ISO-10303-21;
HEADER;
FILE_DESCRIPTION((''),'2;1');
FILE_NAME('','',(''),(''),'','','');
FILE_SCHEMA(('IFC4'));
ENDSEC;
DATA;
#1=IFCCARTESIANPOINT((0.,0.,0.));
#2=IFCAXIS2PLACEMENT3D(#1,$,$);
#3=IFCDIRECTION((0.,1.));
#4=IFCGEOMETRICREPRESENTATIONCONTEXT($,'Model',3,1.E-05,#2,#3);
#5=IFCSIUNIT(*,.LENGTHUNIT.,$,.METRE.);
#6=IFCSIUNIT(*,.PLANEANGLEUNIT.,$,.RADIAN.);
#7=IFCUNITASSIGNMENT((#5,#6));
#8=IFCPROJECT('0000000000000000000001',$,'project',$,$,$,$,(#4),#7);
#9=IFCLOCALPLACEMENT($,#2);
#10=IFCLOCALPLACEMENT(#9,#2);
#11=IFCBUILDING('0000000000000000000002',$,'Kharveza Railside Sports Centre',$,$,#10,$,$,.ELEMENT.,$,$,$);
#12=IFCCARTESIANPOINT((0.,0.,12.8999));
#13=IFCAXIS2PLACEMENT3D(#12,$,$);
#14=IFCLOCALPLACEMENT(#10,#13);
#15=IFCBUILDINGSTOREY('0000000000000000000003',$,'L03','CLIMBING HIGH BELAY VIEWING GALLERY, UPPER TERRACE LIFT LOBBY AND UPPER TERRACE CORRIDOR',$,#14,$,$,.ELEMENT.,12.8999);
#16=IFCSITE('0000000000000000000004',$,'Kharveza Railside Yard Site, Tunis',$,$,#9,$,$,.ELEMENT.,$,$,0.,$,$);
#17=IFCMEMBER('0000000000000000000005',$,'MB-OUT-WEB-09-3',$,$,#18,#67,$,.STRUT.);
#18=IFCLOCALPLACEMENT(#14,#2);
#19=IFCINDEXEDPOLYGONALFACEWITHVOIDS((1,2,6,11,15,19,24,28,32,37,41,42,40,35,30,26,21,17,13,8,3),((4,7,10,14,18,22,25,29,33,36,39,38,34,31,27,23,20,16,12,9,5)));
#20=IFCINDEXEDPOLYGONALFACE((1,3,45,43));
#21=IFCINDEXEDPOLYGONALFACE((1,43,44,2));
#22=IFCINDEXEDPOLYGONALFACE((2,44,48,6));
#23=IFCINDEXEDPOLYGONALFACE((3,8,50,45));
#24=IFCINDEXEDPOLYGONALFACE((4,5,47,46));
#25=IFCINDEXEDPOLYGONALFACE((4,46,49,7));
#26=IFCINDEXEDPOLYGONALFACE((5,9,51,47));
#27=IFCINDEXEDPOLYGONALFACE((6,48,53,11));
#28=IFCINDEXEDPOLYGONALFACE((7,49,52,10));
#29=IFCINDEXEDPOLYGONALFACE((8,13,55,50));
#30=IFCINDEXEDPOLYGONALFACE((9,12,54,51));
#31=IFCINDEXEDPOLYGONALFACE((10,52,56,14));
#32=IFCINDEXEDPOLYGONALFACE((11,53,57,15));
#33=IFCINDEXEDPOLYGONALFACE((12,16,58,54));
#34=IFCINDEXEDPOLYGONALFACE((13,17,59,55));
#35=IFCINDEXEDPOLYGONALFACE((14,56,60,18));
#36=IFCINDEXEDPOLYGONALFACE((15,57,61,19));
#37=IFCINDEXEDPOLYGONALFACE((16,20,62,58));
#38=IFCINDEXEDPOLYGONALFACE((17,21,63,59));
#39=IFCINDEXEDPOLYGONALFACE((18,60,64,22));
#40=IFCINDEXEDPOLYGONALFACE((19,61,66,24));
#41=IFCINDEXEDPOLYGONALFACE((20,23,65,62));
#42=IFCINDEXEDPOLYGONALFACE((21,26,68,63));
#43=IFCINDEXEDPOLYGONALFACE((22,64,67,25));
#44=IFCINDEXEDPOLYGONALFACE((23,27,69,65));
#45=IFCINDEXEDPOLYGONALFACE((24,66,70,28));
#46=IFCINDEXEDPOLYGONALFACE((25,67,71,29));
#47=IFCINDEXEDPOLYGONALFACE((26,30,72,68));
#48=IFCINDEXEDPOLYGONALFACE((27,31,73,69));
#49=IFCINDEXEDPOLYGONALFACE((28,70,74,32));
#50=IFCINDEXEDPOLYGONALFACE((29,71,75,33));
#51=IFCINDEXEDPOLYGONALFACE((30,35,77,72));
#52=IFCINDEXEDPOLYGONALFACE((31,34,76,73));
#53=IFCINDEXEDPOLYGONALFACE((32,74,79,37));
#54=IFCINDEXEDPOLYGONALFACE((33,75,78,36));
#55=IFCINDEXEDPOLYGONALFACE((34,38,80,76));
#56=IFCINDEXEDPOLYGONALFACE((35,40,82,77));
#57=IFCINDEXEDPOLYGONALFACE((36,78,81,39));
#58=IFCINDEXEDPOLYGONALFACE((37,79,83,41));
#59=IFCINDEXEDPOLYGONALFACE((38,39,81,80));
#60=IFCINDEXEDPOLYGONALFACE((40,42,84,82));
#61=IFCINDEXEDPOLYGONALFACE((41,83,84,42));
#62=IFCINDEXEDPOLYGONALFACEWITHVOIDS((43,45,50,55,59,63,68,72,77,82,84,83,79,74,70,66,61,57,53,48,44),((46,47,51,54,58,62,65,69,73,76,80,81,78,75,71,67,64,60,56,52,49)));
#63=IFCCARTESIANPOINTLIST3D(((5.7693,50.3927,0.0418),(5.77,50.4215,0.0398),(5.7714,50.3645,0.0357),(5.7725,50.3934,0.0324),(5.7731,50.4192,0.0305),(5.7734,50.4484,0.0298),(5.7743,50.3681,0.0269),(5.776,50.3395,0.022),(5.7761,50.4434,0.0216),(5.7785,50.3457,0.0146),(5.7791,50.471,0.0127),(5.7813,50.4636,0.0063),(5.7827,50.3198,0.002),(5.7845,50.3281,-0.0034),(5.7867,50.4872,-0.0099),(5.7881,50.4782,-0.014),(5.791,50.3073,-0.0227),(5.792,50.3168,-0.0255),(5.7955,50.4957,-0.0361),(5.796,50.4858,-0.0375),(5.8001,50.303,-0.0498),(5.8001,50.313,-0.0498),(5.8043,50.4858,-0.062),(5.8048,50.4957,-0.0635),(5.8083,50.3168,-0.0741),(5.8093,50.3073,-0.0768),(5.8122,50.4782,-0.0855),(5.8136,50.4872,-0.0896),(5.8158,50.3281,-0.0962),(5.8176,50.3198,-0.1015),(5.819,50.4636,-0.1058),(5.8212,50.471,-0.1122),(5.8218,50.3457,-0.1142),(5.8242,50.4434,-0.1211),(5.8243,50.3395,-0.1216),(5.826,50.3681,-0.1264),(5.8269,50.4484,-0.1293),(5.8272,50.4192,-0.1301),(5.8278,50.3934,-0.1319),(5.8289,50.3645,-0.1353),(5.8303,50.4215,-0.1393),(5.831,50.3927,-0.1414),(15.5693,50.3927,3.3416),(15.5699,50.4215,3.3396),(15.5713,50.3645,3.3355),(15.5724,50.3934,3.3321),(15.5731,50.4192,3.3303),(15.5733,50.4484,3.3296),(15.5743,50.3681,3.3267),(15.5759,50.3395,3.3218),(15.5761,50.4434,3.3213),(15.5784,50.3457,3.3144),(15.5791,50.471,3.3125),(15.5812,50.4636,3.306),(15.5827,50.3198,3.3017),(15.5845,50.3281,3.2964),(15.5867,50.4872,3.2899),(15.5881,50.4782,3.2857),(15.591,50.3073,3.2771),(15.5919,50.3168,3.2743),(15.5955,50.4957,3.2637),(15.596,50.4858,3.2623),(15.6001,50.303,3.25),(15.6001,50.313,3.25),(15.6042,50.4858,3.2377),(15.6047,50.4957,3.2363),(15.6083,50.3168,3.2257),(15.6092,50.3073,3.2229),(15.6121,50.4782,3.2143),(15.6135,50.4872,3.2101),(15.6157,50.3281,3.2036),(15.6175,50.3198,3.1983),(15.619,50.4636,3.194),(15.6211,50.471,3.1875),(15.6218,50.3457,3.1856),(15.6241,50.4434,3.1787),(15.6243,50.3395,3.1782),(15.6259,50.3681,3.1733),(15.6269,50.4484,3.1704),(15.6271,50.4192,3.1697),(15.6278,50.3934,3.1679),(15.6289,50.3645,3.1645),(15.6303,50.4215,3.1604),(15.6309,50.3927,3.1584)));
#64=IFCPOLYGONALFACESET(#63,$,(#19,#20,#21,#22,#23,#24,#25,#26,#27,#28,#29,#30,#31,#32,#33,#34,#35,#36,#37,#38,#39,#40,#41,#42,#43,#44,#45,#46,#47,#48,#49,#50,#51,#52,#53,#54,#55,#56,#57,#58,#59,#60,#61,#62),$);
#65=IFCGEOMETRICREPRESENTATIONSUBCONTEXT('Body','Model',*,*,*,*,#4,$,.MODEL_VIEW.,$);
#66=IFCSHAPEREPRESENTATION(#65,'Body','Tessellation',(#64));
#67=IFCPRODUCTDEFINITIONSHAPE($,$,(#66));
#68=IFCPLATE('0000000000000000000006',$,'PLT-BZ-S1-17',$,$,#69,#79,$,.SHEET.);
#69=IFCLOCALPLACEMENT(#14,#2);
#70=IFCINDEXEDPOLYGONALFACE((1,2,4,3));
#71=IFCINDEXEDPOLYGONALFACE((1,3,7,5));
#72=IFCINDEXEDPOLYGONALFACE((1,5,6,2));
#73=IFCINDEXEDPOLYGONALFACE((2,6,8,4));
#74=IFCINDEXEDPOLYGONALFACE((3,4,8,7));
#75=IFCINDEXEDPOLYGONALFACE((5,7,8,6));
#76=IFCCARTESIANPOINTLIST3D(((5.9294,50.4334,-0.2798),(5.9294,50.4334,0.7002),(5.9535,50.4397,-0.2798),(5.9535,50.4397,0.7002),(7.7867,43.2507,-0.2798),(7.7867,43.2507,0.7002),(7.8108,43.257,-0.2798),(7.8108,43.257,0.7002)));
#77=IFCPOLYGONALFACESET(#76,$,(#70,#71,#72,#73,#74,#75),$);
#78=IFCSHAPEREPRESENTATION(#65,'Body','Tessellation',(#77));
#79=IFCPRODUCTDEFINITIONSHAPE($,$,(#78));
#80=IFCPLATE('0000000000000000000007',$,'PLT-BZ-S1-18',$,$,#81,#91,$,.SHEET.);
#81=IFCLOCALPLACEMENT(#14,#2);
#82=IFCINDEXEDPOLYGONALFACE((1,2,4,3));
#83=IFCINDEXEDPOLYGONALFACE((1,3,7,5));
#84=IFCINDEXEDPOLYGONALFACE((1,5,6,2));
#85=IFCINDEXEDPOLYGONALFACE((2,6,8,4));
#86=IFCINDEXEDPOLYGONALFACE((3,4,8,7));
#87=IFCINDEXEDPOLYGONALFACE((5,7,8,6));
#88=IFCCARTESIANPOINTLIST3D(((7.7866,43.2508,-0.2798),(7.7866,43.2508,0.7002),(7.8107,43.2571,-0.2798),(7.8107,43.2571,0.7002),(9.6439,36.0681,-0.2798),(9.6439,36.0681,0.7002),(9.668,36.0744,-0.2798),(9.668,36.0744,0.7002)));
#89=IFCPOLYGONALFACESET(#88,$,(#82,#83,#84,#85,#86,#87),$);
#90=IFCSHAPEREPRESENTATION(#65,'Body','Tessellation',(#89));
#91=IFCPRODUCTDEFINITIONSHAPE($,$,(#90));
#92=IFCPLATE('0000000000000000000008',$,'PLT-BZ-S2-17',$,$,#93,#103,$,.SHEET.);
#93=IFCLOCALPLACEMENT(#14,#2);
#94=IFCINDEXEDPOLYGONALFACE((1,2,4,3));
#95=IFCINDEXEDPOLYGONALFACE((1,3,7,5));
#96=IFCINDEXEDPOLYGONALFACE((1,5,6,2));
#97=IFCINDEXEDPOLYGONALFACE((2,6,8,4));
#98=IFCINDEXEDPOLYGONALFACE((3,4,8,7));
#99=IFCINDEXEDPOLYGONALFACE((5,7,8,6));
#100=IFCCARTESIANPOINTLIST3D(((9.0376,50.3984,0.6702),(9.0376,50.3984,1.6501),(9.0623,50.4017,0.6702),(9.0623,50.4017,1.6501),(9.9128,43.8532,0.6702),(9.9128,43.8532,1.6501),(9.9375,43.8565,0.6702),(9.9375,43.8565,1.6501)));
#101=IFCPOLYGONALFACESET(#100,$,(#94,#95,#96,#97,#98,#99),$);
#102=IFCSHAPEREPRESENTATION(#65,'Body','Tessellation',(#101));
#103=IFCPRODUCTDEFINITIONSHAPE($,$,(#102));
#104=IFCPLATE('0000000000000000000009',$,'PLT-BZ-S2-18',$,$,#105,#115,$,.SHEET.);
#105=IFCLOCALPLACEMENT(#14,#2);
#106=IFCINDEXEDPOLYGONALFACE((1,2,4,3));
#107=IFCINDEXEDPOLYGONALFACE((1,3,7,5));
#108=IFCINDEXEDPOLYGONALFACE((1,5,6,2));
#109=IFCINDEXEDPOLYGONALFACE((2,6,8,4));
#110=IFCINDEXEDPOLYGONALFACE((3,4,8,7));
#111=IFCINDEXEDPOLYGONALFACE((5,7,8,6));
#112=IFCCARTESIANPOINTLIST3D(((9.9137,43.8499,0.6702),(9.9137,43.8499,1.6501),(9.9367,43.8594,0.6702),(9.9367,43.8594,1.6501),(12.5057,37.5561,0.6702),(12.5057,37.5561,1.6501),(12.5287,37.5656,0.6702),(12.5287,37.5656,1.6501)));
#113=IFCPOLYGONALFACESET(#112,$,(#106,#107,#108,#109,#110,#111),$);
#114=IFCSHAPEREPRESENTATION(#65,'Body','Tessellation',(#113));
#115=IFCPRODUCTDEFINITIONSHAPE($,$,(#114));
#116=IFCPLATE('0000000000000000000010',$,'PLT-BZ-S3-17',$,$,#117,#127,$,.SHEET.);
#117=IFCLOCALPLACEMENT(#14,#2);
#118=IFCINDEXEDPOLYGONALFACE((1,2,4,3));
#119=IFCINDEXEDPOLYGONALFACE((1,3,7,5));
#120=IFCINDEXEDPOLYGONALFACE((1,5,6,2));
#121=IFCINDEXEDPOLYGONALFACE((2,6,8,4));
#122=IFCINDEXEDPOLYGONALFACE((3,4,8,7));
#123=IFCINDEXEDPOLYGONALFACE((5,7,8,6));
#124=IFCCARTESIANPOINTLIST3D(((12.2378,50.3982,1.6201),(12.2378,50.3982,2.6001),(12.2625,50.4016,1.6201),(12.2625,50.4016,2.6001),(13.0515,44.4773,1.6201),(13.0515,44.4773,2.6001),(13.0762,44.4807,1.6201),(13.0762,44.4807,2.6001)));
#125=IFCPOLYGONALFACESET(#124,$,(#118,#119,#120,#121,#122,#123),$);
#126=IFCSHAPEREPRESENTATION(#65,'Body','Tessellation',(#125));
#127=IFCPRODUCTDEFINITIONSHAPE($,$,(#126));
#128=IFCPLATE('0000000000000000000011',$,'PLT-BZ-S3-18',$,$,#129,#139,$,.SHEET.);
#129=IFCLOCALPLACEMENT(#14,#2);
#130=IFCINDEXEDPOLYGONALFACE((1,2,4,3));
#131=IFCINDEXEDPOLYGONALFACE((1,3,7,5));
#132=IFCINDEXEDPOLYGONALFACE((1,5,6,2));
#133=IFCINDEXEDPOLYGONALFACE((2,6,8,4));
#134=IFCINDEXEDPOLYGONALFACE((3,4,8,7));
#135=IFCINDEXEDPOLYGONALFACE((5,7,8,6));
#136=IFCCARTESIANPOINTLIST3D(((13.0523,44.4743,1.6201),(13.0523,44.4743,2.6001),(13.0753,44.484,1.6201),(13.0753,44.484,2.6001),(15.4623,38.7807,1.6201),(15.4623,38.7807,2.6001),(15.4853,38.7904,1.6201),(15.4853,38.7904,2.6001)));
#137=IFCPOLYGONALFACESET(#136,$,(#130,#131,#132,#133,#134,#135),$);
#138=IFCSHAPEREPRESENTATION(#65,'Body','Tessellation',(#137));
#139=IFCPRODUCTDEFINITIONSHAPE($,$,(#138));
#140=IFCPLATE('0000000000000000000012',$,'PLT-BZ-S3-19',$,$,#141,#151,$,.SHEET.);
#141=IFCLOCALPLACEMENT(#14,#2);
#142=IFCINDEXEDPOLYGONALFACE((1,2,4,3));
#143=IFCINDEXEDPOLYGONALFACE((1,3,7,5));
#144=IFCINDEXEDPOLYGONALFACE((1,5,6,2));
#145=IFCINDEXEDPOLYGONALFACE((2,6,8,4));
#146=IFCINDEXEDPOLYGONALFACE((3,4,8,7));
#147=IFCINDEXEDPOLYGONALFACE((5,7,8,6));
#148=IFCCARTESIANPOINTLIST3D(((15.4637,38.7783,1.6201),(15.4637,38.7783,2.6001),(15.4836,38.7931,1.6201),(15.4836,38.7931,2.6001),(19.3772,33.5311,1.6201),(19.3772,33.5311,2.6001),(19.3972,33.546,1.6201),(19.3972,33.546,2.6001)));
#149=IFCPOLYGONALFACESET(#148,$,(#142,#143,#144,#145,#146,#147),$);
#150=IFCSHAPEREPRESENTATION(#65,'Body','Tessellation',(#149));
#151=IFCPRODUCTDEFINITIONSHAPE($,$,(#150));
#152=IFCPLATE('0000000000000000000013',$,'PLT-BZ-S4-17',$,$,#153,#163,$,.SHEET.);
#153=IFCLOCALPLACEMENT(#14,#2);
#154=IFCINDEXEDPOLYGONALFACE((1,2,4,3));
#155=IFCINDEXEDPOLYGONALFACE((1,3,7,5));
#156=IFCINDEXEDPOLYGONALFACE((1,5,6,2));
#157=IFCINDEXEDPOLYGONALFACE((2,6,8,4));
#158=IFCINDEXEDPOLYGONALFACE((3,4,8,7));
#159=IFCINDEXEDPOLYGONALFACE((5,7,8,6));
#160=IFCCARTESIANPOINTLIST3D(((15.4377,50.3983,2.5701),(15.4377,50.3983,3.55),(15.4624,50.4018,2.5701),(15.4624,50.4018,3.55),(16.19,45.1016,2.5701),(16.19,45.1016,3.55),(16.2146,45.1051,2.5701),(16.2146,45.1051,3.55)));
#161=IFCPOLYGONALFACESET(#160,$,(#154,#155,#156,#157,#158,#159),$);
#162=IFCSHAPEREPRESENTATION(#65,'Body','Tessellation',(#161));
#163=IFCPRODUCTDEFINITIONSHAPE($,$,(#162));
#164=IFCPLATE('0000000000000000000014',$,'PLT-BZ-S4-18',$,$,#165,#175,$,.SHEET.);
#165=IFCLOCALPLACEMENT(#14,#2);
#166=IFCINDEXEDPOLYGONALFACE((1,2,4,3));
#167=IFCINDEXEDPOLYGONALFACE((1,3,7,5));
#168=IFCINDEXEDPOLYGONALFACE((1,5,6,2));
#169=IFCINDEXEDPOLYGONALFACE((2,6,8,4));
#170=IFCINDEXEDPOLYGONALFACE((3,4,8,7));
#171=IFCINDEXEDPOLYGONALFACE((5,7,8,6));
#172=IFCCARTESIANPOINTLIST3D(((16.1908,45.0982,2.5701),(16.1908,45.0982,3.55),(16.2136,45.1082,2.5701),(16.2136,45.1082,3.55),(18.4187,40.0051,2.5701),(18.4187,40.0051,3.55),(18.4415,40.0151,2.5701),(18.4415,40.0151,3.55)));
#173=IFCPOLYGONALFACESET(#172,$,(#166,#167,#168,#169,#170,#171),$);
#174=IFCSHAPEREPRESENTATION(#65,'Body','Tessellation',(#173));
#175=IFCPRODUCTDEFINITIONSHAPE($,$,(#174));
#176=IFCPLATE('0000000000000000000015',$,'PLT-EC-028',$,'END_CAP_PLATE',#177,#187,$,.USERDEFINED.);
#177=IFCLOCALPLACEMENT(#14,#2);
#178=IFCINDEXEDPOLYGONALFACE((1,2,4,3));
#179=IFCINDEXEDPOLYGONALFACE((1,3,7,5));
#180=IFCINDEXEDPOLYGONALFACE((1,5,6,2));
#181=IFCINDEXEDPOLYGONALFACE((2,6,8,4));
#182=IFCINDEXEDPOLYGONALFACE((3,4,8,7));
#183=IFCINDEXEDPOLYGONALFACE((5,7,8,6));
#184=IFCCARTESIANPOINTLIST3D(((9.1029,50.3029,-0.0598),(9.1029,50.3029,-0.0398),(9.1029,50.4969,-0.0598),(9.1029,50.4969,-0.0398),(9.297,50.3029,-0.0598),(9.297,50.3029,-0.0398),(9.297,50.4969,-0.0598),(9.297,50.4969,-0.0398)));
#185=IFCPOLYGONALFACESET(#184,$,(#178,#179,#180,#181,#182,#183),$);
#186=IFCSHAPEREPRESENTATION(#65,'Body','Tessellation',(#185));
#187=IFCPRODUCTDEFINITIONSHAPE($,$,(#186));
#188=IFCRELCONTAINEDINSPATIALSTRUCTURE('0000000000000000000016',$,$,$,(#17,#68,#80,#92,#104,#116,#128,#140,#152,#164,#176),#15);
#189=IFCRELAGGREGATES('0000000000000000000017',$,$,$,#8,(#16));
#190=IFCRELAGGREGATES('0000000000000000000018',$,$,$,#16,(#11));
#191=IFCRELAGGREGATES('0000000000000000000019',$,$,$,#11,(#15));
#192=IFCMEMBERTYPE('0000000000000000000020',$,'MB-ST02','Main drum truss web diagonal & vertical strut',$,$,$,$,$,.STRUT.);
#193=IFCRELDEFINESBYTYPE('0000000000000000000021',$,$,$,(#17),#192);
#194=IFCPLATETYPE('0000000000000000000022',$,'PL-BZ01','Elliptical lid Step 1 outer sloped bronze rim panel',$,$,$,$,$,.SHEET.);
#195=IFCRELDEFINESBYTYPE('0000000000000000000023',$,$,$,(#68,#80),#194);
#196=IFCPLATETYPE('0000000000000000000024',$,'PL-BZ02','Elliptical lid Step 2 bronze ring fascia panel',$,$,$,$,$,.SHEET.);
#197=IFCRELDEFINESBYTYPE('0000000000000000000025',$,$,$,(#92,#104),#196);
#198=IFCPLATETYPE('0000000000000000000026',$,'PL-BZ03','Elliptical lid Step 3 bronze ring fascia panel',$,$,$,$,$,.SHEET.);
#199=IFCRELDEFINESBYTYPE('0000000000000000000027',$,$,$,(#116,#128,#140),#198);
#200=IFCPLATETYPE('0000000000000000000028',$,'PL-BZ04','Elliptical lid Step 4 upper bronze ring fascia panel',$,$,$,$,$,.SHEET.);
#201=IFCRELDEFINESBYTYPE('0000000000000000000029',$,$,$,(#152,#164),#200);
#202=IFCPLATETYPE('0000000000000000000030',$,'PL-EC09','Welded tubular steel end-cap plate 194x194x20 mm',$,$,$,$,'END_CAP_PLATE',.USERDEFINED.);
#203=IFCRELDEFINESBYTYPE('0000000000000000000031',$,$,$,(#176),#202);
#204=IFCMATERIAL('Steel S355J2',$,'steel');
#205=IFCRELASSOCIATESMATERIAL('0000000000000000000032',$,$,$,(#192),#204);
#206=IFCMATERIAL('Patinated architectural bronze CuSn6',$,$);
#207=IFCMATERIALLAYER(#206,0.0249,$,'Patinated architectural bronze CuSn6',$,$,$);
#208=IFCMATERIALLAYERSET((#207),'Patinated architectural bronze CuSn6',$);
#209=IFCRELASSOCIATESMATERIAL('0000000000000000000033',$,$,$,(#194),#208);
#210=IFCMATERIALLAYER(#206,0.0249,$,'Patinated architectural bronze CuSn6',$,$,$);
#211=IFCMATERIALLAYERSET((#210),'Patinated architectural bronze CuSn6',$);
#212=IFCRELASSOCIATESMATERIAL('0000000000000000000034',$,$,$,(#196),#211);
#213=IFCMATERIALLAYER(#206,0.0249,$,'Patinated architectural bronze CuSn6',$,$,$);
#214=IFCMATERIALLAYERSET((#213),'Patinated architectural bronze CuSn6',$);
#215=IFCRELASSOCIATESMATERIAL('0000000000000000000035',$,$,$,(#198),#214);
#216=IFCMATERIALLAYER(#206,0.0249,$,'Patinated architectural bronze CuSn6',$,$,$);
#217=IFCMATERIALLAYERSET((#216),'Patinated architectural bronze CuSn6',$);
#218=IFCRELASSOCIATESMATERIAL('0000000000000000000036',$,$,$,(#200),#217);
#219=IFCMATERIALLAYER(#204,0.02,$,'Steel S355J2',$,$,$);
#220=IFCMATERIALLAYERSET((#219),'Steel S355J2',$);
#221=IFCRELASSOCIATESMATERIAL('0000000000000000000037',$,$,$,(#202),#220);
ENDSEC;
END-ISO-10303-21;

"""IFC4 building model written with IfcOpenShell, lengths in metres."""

from ifc_helpers import new_model, si_unit, direction, frame, origin, origin_2d, place, context, subcontext, project, spatial, rectangle, hollow_circle, extrude, material, layer, layer_set, material_profile, profile_set, type_object, element, save


model = new_model("IFC4")

# Units and contexts
model_context = context("Model", 3, precision=1e-05, world=origin(), true_north=direction((0.0, 1.0)))
body_context = subcontext(model_context, "Body", "Model", "MODEL_VIEW")
ifc_project = project(units=[si_unit("LENGTHUNIT", "METRE"), si_unit("PLANEANGLEUNIT", "RADIAN")], contexts=[model_context])

# Site, building, storey
site_placement = place(None, origin())
site = spatial("IfcSite", under=ifc_project, at=site_placement, Name="Kharveza Railside Yard Site, Tunis", CompositionType="ELEMENT", RefElevation=0.0)
building_placement = place(site_placement, origin())
building = spatial("IfcBuilding", under=site, at=building_placement, Name="Kharveza Railside Sports Centre", CompositionType="ELEMENT")
storey_placement = place(building_placement, frame((0.0, 0.0, 12.8999)))
storey = spatial("IfcBuildingStorey", under=building, at=storey_placement, Name="L03", Description="CLIMBING HIGH BELAY VIEWING GALLERY, UPPER TERRACE LIFT LOBBY AND UPPER TERRACE CORRIDOR", CompositionType="ELEMENT", Elevation=12.8999)

# Shared definitions
ifc_material_1 = material(Name="Steel S355J2", Category="steel")

# Member
ifc_material_profile_1 = material_profile(ifc_material_1, hollow_circle(Radius=0.0969, WallThickness=0.01, at=origin_2d()), Name="CHS 193.7x10.0")
ifc_profile_set_1 = profile_set([ifc_material_profile_1], Name="Steel S355J2")
member_type_1 = type_object("IfcMemberType", Name="MB-ST02", Description="Main drum truss web diagonal & vertical strut", PredefinedType="STRUT", material=ifc_profile_set_1)
member_1_placement = place(storey_placement, frame((15.6001, 50.3999, 3.25), z_axis=(-0.947718, 0.0, -0.319109), x_axis=(0.0, -1.0, 0.0)))
element("IfcMember", 1, at=member_1_placement, inside=storey, type_object=member_type_1, Name="MB-OUT-WEB-09-3", PredefinedType="STRUT", context=body_context, shape_type="SweptSolid", body=[
    extrude(hollow_circle(Radius=0.0969, WallThickness=0.01, at=origin_2d()), origin(), (0.0, 0.0, 1.0), 10.3406),
])

# Plates
ifc_material_2 = material(Name="Patinated architectural bronze CuSn6")
ifc_layer_1 = layer(ifc_material_2, 0.0249, Name="Patinated architectural bronze CuSn6")
ifc_layer_set_1 = layer_set([ifc_layer_1], Name="Patinated architectural bronze CuSn6")
plate_type_1 = type_object("IfcPlateType", Name="PL-BZ01", Description="Elliptical lid Step 1 outer sloped bronze rim panel", PredefinedType="SHEET", material=ifc_layer_set_1)
for number, where, z_axis, x_axis, name in (
    (2, (6.8701, 46.8452, -0.2798), (0.0, 0.0, 1.0), (0.250346, -0.968156, 0.0), "PLT-BZ-S1-17"),
    (3, (8.7273, 39.6626, -0.2798), (0.0, 0.0, 1.0), (0.250346, -0.968156, 0.0), "PLT-BZ-S1-18"),
):
    element("IfcPlate", number, at=place(storey_placement, frame(where, z_axis=z_axis, x_axis=x_axis)), inside=storey, type_object=plate_type_1, Name=name, PredefinedType="SHEET", context=body_context, shape_type="SweptSolid", body=[
        extrude(rectangle(XDim=7.4189, YDim=0.0249, at=origin_2d()), origin(), (0.0, 0.0, 1.0), 0.98),
    ])
ifc_layer_2 = layer(ifc_material_2, 0.0249, Name="Patinated architectural bronze CuSn6")
ifc_layer_set_2 = layer_set([ifc_layer_2], Name="Patinated architectural bronze CuSn6")
plate_type_2 = type_object("IfcPlateType", Name="PL-BZ02", Description="Elliptical lid Step 2 bronze ring fascia panel", PredefinedType="SHEET", material=ifc_layer_set_2)
plate_1_placement = place(storey_placement, frame((9.4875, 47.1274, 0.6702), z_axis=(0.0, 0.0, 1.0), x_axis=(0.132533, -0.991179, 0.0)))
element("IfcPlate", 4, at=plate_1_placement, inside=storey, type_object=plate_type_2, Name="PLT-BZ-S2-17", PredefinedType="SHEET", context=body_context, shape_type="SweptSolid", body=[
    extrude(rectangle(XDim=6.6035, YDim=0.0249, at=origin_2d()), origin(), (0.0, 0.0, 1.0), 0.98),
])
plate_2_placement = place(storey_placement, frame((11.2212, 40.7078, 0.6702), z_axis=(0.0, 0.0, 1.0), x_axis=(0.380812, -0.924652, 0.0)))
element("IfcPlate", 5, at=plate_2_placement, inside=storey, type_object=plate_type_2, Name="PLT-BZ-S2-18", PredefinedType="SHEET", context=body_context, shape_type="SweptSolid", body=[
    extrude(rectangle(XDim=6.8066, YDim=0.0249, at=origin_2d()), origin(), (0.0, 0.0, 1.0), 0.98),
])
ifc_layer_3 = layer(ifc_material_2, 0.0249, Name="Patinated architectural bronze CuSn6")
ifc_layer_set_3 = layer_set([ifc_layer_3], Name="Patinated architectural bronze CuSn6")
plate_type_3 = type_object("IfcPlateType", Name="PL-BZ03", Description="Elliptical lid Step 3 bronze ring fascia panel", PredefinedType="SHEET", material=ifc_layer_set_3)
plate_3_placement = place(storey_placement, frame((12.657, 47.4395, 1.6201), z_axis=(0.0, 0.0, 1.0), x_axis=(0.136148, -0.990689, 0.0)))
element("IfcPlate", 6, at=plate_3_placement, inside=storey, type_object=plate_type_3, Name="PLT-BZ-S3-17", PredefinedType="SHEET", context=body_context, shape_type="SweptSolid", body=[
    extrude(rectangle(XDim=5.9766, YDim=0.0249, at=origin_2d()), origin(), (0.0, 0.0, 1.0), 0.98),
])
plate_4_placement = place(storey_placement, frame((14.2688, 41.6323, 1.6201), z_axis=(0.0, 0.0, 1.0), x_axis=(0.389799, -0.9209, 0.0)))
element("IfcPlate", 7, at=plate_4_placement, inside=storey, type_object=plate_type_3, Name="PLT-BZ-S3-18", PredefinedType="SHEET", context=body_context, shape_type="SweptSolid", body=[
    extrude(rectangle(XDim=6.1826, YDim=0.0249, at=origin_2d()), origin(), (0.0, 0.0, 1.0), 0.98),
])
plate_5_placement = place(storey_placement, frame((17.4304, 36.1621, 1.6201), z_axis=(0.0, 0.0, 1.0), x_axis=(0.597863, -0.801598, 0.0)))
element("IfcPlate", 8, at=plate_5_placement, inside=storey, type_object=plate_type_3, Name="PLT-BZ-S3-19", PredefinedType="SHEET", context=body_context, shape_type="SweptSolid", body=[
    extrude(rectangle(XDim=6.5459, YDim=0.0249, at=origin_2d()), origin(), (0.0, 0.0, 1.0), 0.98),
])
ifc_layer_4 = layer(ifc_material_2, 0.0249, Name="Patinated architectural bronze CuSn6")
ifc_layer_set_4 = layer_set([ifc_layer_4], Name="Patinated architectural bronze CuSn6")
plate_type_4 = type_object("IfcPlateType", Name="PL-BZ04", Description="Elliptical lid Step 4 upper bronze ring fascia panel", PredefinedType="SHEET", material=ifc_layer_set_4)
plate_6_placement = place(storey_placement, frame((15.8262, 47.7517, 2.5701), z_axis=(0.0, 0.0, 1.0), x_axis=(0.140607, -0.990065, 0.0)))
element("IfcPlate", 9, at=plate_6_placement, inside=storey, type_object=plate_type_4, Name="PLT-BZ-S4-17", PredefinedType="SHEET", context=body_context, shape_type="SweptSolid", body=[
    extrude(rectangle(XDim=5.3499, YDim=0.0249, at=origin_2d()), origin(), (0.0, 0.0, 1.0), 0.98),
])
plate_7_placement = place(storey_placement, frame((17.3162, 42.5566, 2.5701), z_axis=(0.0, 0.0, 1.0), x_axis=(0.400765, -0.916181, 0.0)))
element("IfcPlate", 10, at=plate_7_placement, inside=storey, type_object=plate_type_4, Name="PLT-BZ-S4-18", PredefinedType="SHEET", context=body_context, shape_type="SweptSolid", body=[
    extrude(rectangle(XDim=5.5591, YDim=0.0249, at=origin_2d()), origin(), (0.0, 0.0, 1.0), 0.98),
])
ifc_layer_5 = layer(ifc_material_1, 0.02, Name="Steel S355J2")
ifc_layer_set_5 = layer_set([ifc_layer_5], Name="Steel S355J2")
plate_type_5 = type_object("IfcPlateType", Name="PL-EC09", Description="Welded tubular steel end-cap plate 194x194x20 mm", ElementType="END_CAP_PLATE", PredefinedType="USERDEFINED", material=ifc_layer_set_5)
for number, where, z_axis, x_axis, name in (
    (11, (9.2, 50.3999, -0.0598), (0.0, 0.0, 1.0), (1.0, 0.0, 0.0), "PLT-EC-028"),
):
    element("IfcPlate", number, at=place(storey_placement, frame(where, z_axis=z_axis, x_axis=x_axis)), inside=storey, type_object=plate_type_5, Name=name, ObjectType="END_CAP_PLATE", PredefinedType="USERDEFINED", context=body_context, shape_type="SweptSolid", body=[
        extrude(rectangle(XDim=0.1941, YDim=0.1941, at=origin_2d()), origin(), (0.0, 0.0, 1.0), 0.02),
    ])

save(model, "model.ifc")
